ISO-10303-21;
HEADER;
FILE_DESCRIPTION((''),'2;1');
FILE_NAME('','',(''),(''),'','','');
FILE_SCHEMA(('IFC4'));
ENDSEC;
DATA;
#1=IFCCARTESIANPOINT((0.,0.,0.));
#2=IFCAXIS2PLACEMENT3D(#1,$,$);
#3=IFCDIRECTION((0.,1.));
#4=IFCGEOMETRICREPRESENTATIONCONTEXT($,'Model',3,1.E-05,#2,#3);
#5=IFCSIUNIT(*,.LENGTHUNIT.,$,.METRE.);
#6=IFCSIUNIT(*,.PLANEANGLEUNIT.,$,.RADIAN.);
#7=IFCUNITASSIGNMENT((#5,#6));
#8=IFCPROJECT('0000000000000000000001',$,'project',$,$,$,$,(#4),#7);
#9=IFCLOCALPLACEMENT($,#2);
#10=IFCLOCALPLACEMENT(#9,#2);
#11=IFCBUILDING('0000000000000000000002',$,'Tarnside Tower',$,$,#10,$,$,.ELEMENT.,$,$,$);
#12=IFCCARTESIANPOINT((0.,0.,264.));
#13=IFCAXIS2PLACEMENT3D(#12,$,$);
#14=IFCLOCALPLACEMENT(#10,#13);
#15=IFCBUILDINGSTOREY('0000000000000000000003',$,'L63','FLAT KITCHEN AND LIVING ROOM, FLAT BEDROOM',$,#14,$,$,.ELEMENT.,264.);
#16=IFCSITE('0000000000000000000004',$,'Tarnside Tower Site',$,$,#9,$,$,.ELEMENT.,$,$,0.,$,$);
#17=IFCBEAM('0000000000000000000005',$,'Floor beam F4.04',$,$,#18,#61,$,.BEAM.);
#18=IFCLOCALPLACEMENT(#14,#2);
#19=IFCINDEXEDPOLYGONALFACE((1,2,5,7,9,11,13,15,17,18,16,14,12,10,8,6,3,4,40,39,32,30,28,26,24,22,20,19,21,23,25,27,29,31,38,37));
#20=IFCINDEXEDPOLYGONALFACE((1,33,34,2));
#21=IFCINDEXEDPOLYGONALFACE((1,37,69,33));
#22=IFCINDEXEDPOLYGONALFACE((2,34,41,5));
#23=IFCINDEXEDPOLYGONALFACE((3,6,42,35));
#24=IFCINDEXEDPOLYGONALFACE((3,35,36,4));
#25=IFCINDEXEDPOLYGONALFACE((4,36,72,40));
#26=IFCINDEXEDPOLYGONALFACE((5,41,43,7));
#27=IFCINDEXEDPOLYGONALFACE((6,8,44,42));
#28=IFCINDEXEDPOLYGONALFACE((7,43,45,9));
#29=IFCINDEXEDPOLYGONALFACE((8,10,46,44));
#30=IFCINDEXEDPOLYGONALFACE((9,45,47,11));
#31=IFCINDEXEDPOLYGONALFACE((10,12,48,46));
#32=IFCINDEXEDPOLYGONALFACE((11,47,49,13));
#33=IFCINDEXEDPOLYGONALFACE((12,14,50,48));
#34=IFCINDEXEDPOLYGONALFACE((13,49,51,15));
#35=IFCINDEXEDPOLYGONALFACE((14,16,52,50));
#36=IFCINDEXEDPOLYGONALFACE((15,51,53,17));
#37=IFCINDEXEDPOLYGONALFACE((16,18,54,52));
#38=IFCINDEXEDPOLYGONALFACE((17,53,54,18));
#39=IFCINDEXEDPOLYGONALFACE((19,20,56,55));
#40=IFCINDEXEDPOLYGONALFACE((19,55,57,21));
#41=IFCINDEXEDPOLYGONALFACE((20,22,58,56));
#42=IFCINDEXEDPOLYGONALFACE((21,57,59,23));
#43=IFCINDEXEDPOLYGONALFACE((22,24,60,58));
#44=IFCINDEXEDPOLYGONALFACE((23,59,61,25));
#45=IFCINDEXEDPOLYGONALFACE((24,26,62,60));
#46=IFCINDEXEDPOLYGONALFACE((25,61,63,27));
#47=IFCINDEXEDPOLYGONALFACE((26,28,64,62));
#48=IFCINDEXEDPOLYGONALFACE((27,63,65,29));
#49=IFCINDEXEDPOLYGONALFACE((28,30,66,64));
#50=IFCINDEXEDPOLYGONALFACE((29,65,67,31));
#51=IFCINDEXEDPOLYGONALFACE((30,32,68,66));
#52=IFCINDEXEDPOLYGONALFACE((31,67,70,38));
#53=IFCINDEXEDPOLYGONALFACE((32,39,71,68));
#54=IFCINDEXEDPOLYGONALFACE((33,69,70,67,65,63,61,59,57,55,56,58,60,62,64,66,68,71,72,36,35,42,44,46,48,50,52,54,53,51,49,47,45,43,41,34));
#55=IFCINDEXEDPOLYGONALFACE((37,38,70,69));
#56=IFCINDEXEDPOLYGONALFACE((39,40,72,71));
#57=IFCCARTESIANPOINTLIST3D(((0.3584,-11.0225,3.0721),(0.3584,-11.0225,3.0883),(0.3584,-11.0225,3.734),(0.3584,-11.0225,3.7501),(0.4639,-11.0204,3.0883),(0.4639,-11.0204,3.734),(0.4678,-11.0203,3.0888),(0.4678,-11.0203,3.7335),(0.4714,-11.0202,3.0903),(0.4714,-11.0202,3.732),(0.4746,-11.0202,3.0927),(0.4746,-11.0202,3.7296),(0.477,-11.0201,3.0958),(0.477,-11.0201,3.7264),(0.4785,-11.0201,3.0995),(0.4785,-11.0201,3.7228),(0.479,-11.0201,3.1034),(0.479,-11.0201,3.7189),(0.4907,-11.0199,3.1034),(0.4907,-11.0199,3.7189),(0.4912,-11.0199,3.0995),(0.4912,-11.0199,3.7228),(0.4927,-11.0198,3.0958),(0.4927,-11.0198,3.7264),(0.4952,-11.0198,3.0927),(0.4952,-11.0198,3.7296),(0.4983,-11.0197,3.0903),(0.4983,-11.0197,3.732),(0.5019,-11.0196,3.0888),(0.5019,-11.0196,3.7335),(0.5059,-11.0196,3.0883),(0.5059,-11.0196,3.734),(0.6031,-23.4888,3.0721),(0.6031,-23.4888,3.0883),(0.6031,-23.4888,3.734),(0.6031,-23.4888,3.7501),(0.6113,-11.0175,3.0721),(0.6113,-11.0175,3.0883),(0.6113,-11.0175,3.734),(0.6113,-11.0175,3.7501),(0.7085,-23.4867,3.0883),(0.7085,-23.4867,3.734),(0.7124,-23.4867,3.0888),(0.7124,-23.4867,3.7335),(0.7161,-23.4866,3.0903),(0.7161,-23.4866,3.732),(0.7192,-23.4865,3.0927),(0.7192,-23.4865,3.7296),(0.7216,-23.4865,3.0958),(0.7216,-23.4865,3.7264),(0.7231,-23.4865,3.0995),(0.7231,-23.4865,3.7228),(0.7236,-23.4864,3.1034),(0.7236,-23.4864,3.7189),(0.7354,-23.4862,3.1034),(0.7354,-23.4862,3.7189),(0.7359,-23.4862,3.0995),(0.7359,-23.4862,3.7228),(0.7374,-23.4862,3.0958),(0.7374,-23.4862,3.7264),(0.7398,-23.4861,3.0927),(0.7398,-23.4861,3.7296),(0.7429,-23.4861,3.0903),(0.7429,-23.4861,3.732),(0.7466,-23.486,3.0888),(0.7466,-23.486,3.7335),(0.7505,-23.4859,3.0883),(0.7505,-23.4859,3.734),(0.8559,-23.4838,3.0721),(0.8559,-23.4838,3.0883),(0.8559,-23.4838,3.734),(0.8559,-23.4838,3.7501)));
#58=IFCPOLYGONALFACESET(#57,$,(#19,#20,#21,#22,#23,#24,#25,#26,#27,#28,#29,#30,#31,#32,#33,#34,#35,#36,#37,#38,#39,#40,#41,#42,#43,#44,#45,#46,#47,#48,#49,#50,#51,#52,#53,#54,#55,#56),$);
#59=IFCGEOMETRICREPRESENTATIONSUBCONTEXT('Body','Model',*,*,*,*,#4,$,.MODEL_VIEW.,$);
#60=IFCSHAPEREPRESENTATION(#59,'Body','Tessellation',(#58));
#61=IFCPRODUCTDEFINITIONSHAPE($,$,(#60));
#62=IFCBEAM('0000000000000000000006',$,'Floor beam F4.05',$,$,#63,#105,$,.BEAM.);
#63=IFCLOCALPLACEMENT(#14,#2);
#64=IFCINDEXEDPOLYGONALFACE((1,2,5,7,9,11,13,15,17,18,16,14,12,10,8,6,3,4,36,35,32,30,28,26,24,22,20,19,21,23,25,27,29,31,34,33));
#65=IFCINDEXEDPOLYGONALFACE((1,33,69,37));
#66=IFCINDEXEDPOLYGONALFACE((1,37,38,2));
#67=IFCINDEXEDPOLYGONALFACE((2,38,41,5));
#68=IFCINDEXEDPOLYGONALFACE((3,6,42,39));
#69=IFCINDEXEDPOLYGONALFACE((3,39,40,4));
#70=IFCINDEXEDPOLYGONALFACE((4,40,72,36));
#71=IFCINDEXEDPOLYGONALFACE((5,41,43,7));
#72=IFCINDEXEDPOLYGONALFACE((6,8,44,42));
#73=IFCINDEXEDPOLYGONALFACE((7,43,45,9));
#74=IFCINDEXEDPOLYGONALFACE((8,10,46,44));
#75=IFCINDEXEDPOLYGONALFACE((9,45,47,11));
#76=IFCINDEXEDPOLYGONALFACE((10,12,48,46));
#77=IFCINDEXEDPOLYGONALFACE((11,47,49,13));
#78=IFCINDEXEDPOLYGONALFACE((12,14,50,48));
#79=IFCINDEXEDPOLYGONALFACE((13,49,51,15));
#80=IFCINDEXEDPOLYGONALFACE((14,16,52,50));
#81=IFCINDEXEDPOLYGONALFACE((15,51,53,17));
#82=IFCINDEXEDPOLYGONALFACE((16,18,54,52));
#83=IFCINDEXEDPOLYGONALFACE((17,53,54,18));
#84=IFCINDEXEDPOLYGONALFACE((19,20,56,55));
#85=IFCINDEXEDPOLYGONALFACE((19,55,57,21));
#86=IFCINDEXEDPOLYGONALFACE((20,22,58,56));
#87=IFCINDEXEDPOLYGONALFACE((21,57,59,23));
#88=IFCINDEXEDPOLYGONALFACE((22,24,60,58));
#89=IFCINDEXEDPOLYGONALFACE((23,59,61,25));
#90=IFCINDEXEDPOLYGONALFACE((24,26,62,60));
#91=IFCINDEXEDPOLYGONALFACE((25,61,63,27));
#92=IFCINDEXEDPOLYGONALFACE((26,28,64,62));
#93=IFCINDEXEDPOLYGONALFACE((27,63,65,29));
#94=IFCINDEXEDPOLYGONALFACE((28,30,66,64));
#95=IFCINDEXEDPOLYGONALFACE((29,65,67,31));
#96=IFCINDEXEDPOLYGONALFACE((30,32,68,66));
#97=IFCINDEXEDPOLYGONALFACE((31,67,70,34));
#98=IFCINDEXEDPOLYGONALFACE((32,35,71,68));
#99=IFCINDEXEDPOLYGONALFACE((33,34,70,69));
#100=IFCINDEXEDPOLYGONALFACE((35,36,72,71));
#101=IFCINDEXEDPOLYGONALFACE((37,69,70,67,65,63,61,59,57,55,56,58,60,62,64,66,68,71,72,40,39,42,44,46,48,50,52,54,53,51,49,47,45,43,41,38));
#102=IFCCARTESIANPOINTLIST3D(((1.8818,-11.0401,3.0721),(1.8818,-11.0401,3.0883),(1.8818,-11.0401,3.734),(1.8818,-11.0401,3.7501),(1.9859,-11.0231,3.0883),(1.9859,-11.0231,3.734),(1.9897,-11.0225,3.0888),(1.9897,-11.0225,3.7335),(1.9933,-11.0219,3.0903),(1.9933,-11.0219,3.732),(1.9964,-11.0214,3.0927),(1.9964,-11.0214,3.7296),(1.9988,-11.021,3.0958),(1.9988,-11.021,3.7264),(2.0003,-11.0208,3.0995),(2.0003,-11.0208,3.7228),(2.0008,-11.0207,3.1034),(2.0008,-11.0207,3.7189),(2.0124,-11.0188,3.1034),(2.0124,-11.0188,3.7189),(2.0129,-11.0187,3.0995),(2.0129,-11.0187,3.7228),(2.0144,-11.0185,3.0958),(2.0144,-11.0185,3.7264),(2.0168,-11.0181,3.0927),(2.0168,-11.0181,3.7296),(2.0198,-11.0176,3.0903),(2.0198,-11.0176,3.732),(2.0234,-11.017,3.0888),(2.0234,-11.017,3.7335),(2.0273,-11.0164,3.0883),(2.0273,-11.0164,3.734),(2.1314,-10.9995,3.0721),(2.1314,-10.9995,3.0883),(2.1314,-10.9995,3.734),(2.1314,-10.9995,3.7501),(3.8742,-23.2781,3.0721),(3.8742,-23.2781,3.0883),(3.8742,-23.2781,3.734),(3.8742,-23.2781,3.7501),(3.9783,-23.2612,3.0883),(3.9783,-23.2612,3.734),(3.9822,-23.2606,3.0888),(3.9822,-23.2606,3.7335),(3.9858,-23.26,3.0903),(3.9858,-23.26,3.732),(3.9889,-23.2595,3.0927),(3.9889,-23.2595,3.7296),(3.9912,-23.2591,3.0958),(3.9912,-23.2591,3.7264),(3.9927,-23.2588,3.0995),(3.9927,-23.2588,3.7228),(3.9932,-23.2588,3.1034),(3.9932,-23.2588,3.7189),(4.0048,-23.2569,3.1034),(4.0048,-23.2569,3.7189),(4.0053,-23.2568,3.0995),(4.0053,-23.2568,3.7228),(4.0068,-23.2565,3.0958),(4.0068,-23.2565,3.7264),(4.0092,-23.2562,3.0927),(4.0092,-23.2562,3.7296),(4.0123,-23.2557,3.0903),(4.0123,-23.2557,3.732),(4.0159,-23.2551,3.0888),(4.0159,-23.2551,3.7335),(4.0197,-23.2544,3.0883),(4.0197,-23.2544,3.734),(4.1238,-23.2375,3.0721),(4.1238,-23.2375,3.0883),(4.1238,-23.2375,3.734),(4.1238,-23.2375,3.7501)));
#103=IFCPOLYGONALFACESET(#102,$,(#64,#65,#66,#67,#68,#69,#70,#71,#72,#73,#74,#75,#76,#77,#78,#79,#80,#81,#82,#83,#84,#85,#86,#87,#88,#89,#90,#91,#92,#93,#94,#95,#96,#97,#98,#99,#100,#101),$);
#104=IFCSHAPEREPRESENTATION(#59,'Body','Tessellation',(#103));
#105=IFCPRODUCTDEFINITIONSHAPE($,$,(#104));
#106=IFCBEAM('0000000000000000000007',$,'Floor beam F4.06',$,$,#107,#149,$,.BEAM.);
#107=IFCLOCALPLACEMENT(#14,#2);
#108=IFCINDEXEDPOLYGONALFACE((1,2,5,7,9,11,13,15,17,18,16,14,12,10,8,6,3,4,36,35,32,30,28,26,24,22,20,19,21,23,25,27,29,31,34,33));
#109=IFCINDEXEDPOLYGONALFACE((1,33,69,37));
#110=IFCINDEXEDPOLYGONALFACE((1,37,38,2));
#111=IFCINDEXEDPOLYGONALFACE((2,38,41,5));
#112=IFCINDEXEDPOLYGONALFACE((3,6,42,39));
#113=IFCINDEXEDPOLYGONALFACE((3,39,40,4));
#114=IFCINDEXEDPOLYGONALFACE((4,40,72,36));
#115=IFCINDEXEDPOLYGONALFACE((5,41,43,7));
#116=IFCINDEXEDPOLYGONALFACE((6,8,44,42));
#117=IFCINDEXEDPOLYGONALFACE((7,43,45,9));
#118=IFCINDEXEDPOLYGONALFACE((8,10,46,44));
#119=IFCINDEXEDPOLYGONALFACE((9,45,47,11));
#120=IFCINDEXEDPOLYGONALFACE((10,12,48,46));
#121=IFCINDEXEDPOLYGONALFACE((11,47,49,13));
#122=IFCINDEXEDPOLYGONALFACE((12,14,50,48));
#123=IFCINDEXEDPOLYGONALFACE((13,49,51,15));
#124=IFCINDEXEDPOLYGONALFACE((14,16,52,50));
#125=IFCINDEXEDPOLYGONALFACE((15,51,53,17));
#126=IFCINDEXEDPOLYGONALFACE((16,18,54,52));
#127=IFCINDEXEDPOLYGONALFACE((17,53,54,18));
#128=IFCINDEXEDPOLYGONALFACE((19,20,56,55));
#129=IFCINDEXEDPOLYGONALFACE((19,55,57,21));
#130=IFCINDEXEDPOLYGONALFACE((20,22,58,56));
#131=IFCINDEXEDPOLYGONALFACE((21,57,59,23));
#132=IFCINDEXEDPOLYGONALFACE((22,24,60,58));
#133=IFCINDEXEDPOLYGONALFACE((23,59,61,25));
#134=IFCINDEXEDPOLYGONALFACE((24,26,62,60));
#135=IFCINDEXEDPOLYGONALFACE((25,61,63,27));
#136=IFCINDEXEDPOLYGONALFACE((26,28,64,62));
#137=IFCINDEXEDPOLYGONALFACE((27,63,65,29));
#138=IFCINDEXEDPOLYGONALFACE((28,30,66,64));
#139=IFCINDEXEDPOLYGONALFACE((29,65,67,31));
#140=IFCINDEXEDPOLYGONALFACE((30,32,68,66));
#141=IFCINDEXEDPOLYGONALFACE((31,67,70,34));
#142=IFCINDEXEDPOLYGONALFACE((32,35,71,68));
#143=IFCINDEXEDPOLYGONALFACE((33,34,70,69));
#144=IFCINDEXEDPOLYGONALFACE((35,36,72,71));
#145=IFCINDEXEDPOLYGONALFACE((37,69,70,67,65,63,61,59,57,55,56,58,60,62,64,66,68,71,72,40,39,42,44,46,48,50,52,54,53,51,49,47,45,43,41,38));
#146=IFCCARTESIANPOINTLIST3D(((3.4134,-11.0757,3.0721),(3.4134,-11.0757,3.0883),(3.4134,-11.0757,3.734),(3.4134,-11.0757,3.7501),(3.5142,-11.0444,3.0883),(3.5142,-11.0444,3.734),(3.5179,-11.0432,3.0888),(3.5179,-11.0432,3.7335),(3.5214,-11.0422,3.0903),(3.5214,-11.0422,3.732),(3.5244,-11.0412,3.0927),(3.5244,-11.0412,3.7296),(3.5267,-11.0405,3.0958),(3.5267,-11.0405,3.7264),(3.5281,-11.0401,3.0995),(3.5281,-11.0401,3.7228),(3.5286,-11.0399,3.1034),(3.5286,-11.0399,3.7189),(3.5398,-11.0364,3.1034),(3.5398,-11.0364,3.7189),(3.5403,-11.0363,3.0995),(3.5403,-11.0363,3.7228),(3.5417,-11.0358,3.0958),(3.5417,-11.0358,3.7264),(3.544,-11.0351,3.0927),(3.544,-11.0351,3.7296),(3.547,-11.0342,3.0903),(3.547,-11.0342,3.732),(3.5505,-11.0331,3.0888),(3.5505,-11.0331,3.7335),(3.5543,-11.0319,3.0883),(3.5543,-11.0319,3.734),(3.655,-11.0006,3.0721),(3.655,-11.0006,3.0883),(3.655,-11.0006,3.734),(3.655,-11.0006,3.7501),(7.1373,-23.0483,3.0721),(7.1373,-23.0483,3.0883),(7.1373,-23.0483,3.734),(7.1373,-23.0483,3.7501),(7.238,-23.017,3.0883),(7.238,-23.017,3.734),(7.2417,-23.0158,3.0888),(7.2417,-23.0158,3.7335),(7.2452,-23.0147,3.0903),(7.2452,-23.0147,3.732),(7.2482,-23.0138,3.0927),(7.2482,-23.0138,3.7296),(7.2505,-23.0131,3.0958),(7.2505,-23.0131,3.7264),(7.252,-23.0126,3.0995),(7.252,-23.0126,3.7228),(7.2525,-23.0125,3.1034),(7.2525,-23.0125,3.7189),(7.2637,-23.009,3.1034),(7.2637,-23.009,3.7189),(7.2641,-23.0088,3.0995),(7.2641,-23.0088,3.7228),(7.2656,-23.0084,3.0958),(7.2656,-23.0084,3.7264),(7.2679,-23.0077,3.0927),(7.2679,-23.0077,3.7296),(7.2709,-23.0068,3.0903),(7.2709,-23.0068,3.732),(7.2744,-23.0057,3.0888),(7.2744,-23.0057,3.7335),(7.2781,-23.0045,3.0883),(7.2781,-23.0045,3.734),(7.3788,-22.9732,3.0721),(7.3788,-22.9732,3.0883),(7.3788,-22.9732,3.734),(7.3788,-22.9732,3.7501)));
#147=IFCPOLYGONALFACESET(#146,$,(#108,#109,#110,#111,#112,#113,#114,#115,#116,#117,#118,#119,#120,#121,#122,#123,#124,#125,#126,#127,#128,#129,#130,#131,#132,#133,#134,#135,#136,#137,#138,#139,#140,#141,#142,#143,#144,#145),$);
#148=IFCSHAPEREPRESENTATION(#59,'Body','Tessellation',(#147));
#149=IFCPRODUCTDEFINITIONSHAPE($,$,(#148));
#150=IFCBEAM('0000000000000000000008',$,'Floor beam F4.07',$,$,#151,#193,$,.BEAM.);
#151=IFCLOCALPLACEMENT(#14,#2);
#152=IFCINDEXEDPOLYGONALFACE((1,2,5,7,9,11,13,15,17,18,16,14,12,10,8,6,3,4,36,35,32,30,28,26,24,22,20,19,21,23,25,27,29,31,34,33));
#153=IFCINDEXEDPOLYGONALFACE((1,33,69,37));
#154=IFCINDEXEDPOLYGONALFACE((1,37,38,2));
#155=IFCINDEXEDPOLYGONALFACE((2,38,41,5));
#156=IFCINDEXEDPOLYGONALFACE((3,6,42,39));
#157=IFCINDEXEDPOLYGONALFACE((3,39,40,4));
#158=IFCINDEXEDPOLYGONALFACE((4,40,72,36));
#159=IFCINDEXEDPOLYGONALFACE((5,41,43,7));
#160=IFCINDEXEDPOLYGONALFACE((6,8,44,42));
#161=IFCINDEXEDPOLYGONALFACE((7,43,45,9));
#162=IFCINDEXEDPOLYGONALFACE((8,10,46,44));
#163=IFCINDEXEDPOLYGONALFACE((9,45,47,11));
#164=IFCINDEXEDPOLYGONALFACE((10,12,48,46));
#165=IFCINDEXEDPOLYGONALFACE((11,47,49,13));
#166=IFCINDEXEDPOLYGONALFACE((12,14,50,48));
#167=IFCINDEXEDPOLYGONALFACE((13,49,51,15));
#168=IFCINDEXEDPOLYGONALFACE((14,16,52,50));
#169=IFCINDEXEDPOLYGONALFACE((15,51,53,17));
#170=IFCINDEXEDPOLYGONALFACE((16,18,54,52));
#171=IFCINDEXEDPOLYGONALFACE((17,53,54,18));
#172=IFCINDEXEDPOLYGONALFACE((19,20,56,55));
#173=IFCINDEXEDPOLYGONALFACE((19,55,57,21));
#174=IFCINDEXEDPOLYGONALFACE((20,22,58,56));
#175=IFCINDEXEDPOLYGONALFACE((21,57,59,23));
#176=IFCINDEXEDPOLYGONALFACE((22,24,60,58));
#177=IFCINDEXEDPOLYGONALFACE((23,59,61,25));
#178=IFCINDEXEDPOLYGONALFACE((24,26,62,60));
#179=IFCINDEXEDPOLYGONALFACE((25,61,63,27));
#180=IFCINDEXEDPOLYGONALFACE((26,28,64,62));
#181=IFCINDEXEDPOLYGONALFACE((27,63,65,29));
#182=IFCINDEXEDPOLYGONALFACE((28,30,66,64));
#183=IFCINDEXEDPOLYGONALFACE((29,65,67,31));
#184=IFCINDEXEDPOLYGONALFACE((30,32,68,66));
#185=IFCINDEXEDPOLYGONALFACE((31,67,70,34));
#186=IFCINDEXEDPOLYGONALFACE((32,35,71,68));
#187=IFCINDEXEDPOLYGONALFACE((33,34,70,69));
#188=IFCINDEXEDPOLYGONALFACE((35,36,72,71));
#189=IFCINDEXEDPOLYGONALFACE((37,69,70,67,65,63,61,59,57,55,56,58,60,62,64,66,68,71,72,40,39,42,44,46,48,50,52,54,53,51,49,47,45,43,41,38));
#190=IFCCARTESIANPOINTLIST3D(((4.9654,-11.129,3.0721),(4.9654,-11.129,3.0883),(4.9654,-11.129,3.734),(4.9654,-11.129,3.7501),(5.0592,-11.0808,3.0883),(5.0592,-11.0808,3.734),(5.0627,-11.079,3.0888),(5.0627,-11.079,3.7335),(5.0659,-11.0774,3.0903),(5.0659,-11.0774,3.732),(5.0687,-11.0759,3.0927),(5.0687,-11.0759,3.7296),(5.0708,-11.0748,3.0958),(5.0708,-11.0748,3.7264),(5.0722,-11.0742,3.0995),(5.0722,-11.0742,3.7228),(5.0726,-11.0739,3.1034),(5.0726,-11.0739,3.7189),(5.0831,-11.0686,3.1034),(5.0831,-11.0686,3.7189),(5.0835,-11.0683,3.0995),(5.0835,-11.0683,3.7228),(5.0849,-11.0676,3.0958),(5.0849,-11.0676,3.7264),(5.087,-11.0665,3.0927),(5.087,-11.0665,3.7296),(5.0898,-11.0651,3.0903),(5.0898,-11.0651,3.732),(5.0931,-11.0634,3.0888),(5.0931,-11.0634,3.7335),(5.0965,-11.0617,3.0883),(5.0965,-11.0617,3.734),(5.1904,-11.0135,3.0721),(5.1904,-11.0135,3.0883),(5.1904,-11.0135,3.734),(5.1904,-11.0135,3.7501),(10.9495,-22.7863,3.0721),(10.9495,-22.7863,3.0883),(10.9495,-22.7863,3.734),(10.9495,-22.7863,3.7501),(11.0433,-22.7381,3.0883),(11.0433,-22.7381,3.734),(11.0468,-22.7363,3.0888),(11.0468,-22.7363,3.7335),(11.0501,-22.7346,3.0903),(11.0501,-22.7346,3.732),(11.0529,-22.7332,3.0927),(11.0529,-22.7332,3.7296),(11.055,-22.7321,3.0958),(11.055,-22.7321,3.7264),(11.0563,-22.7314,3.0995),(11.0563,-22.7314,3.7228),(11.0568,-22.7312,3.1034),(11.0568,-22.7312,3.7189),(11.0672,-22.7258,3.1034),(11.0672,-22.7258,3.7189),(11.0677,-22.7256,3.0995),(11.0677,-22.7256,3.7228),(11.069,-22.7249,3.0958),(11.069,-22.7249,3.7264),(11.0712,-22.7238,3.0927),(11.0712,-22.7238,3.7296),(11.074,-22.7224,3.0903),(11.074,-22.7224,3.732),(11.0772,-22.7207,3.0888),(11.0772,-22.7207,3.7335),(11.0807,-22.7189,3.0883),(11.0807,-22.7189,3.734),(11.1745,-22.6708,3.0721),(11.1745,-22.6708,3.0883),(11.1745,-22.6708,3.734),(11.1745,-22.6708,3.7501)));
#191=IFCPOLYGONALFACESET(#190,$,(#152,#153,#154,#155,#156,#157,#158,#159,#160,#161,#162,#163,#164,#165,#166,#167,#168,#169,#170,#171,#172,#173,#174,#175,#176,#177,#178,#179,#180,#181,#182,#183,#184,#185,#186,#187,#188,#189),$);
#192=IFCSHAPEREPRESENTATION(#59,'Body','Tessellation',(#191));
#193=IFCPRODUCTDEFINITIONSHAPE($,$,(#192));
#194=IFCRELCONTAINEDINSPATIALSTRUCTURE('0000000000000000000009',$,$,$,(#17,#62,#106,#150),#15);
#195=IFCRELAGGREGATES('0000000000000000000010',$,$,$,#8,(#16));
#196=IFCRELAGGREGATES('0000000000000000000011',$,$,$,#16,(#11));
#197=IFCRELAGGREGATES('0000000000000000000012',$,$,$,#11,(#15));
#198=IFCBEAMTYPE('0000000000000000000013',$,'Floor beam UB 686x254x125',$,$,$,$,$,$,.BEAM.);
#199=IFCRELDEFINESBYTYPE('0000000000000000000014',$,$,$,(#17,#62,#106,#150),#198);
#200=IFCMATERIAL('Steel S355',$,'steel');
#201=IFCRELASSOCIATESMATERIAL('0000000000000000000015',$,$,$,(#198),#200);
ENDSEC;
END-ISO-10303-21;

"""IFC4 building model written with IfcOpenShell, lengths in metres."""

from ifc_helpers import new_model, si_unit, direction, frame, origin, origin_2d, place, context, subcontext, project, spatial, i_section, extrude, material, material_profile, profile_set, type_object, element, save


model = new_model("IFC4")

# Units and contexts
model_context = context("Model", 3, precision=1e-05, world=origin(), true_north=direction((0.0, 1.0)))
body_context = subcontext(model_context, "Body", "Model", "MODEL_VIEW")
ifc_project = project(units=[si_unit("LENGTHUNIT", "METRE"), si_unit("PLANEANGLEUNIT", "RADIAN")], contexts=[model_context])

# Site, building, storey
site_placement = place(None, origin())
site = spatial("IfcSite", under=ifc_project, at=site_placement, Name="Tarnside Tower Site", CompositionType="ELEMENT", RefElevation=0.0)
building_placement = place(site_placement, origin())
building = spatial("IfcBuilding", under=site, at=building_placement, Name="Tarnside Tower", CompositionType="ELEMENT")
storey_placement = place(building_placement, frame((0.0, 0.0, 264.0)))
storey = spatial("IfcBuildingStorey", under=building, at=storey_placement, Name="L63", Description="FLAT KITCHEN AND LIVING ROOM, FLAT BEDROOM", CompositionType="ELEMENT", Elevation=264.0)

# Beams
ifc_material_1 = material(Name="Steel S355", Category="steel")
ifc_material_profile = material_profile(ifc_material_1, i_section(OverallWidth=0.2529, OverallDepth=0.678, WebThickness=0.0117, FlangeThickness=0.0161, FilletRadius=0.0151, at=origin_2d()), Name="UB 686x254x125")
ifc_profile_set = profile_set([ifc_material_profile], Name="Steel S355")
beam_type = type_object("IfcBeamType", Name="Floor beam UB 686x254x125", PredefinedType="BEAM", material=ifc_profile_set)
beam_1_placement = place(storey_placement, frame((0.7295, -23.4863, 3.4111), z_axis=(-0.019619, 0.999808, 0.0), x_axis=(-0.999808, -0.019619, 0.0)))
element("IfcBeam", 1, at=beam_1_placement, inside=storey, type_object=beam_type, Name="Floor beam F4.04", PredefinedType="BEAM", context=body_context, shape_type="SweptSolid", body=[
    extrude(i_section(OverallWidth=0.2529, OverallDepth=0.678, WebThickness=0.0117, FlangeThickness=0.0161, FilletRadius=0.0151, at=origin_2d()), origin(), (0.0, 0.0, 1.0), 12.4688),
])
beam_2_placement = place(storey_placement, frame((3.999, -23.2578, 3.4111), z_axis=(-0.160691, 0.987005, 0.0), x_axis=(-0.987005, -0.160691, 0.0)))
element("IfcBeam", 2, at=beam_2_placement, inside=storey, type_object=beam_type, Name="Floor beam F4.05", PredefinedType="BEAM", context=body_context, shape_type="SweptSolid", body=[
    extrude(i_section(OverallWidth=0.2529, OverallDepth=0.678, WebThickness=0.0117, FlangeThickness=0.0161, FilletRadius=0.0151, at=origin_2d()), origin(), (0.0, 0.0, 1.0), 12.3992),
])
beam_3_placement = place(storey_placement, frame((7.2581, -23.0107, 3.4111), z_axis=(-0.296998, 0.954878, 0.0), x_axis=(-0.954878, -0.296998, 0.0)))
element("IfcBeam", 3, at=beam_3_placement, inside=storey, type_object=beam_type, Name="Floor beam F4.06", PredefinedType="BEAM", context=body_context, shape_type="SweptSolid", body=[
    extrude(i_section(OverallWidth=0.2529, OverallDepth=0.678, WebThickness=0.0117, FlangeThickness=0.0161, FilletRadius=0.0151, at=origin_2d()), origin(), (0.0, 0.0, 1.0), 12.5383),
])
beam_4_placement = place(storey_placement, frame((11.062, -22.7285, 3.4111), z_axis=(-0.456683, 0.889629, 0.0), x_axis=(-0.889629, -0.456683, 0.0)))
element("IfcBeam", 4, at=beam_4_placement, inside=storey, type_object=beam_type, Name="Floor beam F4.07", PredefinedType="BEAM", context=body_context, shape_type="SweptSolid", body=[
    extrude(i_section(OverallWidth=0.2529, OverallDepth=0.678, WebThickness=0.0117, FlangeThickness=0.0161, FilletRadius=0.0151, at=origin_2d()), origin(), (0.0, 0.0, 1.0), 13.1035),
])

save(model, "model.ifc")
